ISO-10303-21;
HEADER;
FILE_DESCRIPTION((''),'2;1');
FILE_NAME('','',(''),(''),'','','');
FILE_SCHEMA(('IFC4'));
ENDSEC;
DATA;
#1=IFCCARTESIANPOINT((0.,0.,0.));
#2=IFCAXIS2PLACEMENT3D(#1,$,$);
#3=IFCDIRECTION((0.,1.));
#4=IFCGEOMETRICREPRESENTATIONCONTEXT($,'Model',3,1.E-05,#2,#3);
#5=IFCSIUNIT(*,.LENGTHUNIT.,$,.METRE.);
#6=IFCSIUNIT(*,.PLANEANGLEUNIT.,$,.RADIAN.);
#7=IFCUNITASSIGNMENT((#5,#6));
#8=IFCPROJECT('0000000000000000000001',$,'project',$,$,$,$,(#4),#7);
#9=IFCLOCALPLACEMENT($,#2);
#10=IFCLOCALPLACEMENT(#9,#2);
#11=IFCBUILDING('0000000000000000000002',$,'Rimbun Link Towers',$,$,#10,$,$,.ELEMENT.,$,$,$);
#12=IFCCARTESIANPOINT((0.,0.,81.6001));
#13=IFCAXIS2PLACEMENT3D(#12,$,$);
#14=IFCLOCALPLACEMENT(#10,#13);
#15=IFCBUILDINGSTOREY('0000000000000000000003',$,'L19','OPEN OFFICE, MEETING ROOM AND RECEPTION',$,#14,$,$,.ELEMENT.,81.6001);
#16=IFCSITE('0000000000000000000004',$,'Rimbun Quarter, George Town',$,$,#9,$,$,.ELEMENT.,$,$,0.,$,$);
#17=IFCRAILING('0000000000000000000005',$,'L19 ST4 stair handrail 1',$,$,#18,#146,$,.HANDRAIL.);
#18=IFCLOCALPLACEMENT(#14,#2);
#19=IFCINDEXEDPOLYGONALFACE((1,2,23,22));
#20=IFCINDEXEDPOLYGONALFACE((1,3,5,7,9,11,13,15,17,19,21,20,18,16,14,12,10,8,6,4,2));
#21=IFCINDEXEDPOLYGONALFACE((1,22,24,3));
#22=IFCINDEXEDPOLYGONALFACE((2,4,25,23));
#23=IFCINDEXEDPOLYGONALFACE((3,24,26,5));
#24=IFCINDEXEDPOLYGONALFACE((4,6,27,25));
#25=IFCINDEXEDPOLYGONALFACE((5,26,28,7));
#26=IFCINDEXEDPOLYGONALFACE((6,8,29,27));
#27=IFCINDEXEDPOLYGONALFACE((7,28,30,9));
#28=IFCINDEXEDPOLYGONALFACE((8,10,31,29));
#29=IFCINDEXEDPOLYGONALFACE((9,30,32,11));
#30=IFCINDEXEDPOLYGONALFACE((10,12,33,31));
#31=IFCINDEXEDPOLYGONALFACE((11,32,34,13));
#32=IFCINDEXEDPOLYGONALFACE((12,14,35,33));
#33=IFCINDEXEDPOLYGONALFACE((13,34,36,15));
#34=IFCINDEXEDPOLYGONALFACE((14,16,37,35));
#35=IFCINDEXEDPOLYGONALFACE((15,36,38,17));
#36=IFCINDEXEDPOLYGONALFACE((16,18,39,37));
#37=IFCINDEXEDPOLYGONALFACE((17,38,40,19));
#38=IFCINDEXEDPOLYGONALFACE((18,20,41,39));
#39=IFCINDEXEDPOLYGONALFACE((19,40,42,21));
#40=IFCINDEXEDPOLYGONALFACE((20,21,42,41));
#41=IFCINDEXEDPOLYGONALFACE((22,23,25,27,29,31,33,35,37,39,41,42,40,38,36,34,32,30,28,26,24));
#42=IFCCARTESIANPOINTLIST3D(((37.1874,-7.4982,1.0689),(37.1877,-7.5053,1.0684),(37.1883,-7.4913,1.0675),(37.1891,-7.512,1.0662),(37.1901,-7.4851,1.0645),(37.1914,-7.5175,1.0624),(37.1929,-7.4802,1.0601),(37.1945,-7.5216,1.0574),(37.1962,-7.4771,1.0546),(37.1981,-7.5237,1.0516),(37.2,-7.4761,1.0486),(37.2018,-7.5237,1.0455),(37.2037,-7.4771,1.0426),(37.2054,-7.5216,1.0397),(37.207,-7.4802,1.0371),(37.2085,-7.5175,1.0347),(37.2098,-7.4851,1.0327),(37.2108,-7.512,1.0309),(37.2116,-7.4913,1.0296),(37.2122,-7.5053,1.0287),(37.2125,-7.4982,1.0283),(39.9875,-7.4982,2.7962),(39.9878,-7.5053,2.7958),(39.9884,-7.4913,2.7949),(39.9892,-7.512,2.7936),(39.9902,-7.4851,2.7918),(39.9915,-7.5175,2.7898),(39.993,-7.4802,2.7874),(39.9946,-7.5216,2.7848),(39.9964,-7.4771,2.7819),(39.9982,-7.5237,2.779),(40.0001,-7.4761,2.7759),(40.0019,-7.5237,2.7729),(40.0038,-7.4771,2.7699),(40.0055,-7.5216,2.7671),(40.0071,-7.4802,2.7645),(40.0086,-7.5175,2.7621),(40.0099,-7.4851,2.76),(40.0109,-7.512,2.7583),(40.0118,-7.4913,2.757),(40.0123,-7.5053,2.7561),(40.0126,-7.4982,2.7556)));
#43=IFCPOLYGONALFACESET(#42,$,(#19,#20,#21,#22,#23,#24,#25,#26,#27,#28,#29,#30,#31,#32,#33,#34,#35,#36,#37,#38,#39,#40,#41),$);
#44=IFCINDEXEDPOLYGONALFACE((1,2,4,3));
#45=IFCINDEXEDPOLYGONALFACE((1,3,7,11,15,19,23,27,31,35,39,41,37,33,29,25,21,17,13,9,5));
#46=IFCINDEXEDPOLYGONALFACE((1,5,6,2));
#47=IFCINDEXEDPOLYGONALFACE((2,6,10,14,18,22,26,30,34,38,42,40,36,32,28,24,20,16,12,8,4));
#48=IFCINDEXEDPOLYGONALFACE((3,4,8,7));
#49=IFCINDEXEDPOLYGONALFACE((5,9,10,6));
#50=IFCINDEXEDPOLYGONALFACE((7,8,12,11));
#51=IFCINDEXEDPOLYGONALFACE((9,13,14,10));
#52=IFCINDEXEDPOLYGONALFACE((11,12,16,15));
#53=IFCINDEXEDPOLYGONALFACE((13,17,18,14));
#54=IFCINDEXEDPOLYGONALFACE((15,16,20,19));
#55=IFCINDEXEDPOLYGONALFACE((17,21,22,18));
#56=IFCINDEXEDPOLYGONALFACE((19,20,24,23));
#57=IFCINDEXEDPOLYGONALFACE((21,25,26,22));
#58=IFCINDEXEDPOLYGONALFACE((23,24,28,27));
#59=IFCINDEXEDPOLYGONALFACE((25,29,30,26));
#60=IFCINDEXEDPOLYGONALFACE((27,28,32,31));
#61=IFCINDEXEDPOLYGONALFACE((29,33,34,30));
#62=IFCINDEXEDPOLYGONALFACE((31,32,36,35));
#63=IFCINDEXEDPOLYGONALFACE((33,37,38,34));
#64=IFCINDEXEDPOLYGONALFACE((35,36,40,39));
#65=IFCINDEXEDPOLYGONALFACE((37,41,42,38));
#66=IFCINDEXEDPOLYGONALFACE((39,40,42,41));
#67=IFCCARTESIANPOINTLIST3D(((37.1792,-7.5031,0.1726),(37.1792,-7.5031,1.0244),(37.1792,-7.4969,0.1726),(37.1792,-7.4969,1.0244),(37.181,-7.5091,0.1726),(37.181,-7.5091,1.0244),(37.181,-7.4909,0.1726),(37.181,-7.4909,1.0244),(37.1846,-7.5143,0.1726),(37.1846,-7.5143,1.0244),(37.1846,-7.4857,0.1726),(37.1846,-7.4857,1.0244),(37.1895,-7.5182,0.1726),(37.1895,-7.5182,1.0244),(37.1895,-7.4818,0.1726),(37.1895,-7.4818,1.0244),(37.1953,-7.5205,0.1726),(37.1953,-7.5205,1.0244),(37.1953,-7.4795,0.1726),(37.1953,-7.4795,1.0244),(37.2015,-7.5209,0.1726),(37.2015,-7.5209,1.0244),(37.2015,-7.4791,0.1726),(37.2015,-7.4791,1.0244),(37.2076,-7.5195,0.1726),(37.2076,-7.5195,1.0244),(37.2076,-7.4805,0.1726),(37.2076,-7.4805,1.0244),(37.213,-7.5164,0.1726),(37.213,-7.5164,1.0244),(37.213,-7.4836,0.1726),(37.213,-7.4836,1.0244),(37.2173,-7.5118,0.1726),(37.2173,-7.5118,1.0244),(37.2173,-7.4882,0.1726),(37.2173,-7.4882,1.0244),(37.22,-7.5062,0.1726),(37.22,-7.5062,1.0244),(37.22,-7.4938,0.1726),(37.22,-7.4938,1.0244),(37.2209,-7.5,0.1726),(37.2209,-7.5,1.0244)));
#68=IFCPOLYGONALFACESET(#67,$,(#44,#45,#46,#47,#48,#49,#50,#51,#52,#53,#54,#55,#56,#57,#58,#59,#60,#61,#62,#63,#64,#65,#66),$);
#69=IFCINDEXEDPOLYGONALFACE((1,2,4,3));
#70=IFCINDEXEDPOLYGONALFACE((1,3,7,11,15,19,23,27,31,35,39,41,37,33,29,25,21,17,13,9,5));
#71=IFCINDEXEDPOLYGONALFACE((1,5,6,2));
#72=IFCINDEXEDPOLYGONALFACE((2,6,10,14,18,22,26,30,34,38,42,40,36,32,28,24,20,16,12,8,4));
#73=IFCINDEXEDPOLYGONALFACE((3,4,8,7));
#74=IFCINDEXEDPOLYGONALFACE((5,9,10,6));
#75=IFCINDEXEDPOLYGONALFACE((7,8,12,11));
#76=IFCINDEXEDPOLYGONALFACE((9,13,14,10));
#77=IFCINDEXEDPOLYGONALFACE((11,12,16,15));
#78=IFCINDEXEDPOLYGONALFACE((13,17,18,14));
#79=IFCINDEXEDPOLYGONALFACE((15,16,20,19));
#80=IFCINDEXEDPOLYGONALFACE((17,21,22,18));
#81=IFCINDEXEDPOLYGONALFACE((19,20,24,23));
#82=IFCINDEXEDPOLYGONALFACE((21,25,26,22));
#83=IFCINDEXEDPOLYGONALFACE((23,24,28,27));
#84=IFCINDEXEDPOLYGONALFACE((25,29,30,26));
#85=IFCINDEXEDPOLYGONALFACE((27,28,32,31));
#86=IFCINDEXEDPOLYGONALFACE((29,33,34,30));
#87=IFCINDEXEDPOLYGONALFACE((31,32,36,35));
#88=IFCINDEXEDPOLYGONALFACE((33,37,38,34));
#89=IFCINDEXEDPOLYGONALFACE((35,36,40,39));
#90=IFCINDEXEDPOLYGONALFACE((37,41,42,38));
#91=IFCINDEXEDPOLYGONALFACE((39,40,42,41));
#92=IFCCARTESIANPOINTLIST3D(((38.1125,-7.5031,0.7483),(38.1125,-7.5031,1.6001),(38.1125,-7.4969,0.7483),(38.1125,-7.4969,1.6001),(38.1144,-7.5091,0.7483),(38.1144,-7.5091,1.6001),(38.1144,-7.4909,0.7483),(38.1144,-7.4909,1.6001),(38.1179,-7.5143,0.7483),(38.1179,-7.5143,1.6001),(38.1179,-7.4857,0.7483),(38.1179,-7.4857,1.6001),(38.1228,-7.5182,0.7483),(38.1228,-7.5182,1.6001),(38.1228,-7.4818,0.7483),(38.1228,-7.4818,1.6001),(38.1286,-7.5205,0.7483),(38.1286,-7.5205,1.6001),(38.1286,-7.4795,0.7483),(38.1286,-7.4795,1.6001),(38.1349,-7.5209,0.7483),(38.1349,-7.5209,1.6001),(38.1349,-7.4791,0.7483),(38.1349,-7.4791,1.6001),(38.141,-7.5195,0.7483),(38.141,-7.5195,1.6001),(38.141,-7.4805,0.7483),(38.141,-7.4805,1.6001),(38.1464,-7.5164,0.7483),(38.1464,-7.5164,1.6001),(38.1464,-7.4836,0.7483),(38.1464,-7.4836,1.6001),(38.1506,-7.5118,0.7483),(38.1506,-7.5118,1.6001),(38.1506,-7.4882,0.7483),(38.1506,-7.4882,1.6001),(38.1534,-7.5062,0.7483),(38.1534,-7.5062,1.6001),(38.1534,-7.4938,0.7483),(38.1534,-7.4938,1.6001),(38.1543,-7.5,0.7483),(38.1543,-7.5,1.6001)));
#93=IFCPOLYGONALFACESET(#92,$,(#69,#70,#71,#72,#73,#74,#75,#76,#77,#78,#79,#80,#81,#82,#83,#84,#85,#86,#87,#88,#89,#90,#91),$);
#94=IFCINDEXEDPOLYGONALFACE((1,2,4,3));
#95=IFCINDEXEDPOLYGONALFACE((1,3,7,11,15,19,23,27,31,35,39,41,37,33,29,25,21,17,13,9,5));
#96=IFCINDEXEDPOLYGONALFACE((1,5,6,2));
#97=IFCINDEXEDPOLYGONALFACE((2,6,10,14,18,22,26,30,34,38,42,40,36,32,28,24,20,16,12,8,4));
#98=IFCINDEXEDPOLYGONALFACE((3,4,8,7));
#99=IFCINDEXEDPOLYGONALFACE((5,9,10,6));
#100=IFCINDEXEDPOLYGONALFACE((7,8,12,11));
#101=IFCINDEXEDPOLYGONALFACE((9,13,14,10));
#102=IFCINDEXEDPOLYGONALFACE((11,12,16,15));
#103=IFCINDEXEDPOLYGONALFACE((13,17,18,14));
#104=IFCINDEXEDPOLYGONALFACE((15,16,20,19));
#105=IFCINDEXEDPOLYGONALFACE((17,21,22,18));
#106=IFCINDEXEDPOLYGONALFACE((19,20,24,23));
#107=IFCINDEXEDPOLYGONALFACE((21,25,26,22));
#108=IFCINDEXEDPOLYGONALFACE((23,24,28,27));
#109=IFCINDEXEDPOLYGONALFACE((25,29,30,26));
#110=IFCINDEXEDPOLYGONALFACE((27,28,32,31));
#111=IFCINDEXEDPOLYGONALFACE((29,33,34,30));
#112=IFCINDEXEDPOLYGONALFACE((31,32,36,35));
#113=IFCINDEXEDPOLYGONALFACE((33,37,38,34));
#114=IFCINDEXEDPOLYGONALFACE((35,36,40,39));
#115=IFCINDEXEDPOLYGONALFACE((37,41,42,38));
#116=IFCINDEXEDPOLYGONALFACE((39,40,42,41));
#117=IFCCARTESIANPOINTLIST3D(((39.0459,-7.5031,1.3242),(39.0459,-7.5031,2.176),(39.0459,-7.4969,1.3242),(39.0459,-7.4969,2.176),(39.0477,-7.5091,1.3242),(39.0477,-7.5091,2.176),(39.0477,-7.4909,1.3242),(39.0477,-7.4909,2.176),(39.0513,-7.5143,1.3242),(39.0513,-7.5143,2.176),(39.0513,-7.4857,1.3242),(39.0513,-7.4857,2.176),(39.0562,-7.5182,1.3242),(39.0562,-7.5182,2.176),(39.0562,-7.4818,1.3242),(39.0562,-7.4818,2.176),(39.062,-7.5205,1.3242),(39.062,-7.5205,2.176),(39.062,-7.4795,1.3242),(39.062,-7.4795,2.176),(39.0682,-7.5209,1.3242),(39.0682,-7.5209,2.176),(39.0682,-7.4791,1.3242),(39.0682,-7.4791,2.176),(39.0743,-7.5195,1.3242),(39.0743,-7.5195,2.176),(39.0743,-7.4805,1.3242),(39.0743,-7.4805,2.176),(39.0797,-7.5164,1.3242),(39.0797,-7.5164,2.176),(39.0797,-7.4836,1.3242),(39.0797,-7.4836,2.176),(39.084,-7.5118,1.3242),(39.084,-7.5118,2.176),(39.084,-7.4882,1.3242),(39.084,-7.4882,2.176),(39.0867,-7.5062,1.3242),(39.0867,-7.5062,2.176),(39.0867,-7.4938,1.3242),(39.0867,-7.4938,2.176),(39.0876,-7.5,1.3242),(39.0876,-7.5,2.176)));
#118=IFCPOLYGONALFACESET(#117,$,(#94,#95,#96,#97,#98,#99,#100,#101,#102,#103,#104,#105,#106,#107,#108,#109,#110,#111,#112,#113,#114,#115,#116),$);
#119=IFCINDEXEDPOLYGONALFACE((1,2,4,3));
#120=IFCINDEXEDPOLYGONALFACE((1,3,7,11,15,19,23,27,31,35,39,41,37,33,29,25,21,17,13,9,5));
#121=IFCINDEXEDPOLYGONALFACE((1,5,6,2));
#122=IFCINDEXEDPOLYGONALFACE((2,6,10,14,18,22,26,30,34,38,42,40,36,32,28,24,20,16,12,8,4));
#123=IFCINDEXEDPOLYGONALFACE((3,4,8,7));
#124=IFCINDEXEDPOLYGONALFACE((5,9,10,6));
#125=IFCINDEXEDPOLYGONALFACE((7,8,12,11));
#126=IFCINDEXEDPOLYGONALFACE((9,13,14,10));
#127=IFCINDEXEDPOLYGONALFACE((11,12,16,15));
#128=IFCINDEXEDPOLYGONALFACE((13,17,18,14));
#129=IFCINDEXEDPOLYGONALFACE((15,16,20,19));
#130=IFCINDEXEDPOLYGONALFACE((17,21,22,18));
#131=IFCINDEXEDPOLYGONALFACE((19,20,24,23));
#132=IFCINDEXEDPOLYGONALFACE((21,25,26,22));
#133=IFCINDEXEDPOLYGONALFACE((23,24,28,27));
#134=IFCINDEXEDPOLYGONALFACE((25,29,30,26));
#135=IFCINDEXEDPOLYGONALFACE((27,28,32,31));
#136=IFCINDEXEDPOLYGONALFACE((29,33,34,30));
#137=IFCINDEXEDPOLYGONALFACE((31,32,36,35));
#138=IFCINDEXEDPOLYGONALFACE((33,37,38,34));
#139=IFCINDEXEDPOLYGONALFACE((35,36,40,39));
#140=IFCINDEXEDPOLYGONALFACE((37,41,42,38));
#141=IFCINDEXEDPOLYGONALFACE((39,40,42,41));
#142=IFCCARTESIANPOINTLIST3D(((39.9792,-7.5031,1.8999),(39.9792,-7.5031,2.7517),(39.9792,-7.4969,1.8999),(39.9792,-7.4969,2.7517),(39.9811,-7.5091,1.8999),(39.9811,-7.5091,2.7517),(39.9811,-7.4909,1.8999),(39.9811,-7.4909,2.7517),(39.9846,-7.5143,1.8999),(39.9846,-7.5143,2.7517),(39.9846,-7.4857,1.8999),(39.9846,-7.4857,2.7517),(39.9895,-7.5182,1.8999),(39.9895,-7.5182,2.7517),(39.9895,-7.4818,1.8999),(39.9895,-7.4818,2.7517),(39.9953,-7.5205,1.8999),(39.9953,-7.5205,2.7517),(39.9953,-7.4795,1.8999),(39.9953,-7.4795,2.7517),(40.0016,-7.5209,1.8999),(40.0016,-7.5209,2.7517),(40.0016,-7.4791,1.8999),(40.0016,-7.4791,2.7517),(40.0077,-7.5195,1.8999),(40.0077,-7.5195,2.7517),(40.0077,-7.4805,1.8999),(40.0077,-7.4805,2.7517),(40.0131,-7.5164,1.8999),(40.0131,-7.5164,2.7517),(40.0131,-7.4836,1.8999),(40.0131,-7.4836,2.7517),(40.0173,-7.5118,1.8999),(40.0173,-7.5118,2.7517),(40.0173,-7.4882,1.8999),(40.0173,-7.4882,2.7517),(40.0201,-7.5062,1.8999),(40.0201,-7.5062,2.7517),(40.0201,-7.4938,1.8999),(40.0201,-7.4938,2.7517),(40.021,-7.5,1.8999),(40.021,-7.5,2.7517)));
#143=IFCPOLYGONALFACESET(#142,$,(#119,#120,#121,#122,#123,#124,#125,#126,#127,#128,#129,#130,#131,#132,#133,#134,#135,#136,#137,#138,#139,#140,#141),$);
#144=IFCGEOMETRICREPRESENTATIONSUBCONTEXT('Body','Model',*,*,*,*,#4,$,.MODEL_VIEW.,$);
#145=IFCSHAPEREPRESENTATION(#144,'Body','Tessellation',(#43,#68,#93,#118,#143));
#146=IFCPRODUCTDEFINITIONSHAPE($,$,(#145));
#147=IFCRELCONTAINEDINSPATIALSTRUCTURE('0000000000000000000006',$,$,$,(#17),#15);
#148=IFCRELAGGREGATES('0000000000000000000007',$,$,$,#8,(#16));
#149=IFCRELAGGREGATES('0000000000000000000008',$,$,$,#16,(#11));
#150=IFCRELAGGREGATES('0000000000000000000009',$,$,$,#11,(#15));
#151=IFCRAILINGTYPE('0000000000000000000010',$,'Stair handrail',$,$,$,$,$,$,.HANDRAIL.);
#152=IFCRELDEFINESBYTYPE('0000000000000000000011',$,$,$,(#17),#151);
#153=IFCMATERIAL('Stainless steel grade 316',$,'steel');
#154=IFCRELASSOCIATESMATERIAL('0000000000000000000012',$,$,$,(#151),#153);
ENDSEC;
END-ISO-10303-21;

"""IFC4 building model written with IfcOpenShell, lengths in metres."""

from ifc_helpers import new_model, si_unit, direction, frame, origin, origin_2d, place, context, subcontext, project, spatial, circle, extrude, material, type_object, element, save


model = new_model("IFC4")

# Units and contexts
model_context = context("Model", 3, precision=1e-05, world=origin(), true_north=direction((0.0, 1.0)))
body_context = subcontext(model_context, "Body", "Model", "MODEL_VIEW")
ifc_project = project(units=[si_unit("LENGTHUNIT", "METRE"), si_unit("PLANEANGLEUNIT", "RADIAN")], contexts=[model_context])

# Site, building, storey
site_placement = place(None, origin())
site = spatial("IfcSite", under=ifc_project, at=site_placement, Name="Rimbun Quarter, George Town", CompositionType="ELEMENT", RefElevation=0.0)
building_placement = place(site_placement, origin())
building = spatial("IfcBuilding", under=site, at=building_placement, Name="Rimbun Link Towers", CompositionType="ELEMENT")
storey_placement = place(building_placement, frame((0.0, 0.0, 81.6001)))
storey = spatial("IfcBuildingStorey", under=building, at=storey_placement, Name="L19", Description="OPEN OFFICE, MEETING ROOM AND RECEPTION", CompositionType="ELEMENT", Elevation=81.6001)

# Railing
ifc_material_1 = material(Name="Stainless steel grade 316", Category="steel")
railing_type_1 = type_object("IfcRailingType", Name="Stair handrail", PredefinedType="HANDRAIL", material=ifc_material_1)
railing_1_placement = place(storey_placement, frame((37.2, -7.5, 0.1726)))
element("IfcRailing", 1, at=railing_1_placement, inside=storey, type_object=railing_type_1, Name="L19 ST4 stair handrail 1", PredefinedType="HANDRAIL", context=body_context, shape_type="SweptSolid", body=[
    extrude(circle(Radius=0.0239, at=origin_2d()), frame((0.0, 0.0, 0.876), z_axis=(0.85109, 0.0, 0.52502), x_axis=(0.0, 1.0, 0.0)), (0.0, 0.0, 1.0), 3.29),
    extrude(circle(Radius=0.021, at=origin_2d()), origin(), (0.0, 0.0, 1.0), 0.8518),
    extrude(circle(Radius=0.021, at=origin_2d()), frame((0.9333, 0.0, 0.5757)), (0.0, 0.0, 1.0), 0.8518),
    extrude(circle(Radius=0.021, at=origin_2d()), frame((1.8667, 0.0, 1.1516)), (0.0, 0.0, 1.0), 0.8518),
    extrude(circle(Radius=0.021, at=origin_2d()), frame((2.8, 0.0, 1.7273)), (0.0, 0.0, 1.0), 0.8518),
])

save(model, "model.ifc")
